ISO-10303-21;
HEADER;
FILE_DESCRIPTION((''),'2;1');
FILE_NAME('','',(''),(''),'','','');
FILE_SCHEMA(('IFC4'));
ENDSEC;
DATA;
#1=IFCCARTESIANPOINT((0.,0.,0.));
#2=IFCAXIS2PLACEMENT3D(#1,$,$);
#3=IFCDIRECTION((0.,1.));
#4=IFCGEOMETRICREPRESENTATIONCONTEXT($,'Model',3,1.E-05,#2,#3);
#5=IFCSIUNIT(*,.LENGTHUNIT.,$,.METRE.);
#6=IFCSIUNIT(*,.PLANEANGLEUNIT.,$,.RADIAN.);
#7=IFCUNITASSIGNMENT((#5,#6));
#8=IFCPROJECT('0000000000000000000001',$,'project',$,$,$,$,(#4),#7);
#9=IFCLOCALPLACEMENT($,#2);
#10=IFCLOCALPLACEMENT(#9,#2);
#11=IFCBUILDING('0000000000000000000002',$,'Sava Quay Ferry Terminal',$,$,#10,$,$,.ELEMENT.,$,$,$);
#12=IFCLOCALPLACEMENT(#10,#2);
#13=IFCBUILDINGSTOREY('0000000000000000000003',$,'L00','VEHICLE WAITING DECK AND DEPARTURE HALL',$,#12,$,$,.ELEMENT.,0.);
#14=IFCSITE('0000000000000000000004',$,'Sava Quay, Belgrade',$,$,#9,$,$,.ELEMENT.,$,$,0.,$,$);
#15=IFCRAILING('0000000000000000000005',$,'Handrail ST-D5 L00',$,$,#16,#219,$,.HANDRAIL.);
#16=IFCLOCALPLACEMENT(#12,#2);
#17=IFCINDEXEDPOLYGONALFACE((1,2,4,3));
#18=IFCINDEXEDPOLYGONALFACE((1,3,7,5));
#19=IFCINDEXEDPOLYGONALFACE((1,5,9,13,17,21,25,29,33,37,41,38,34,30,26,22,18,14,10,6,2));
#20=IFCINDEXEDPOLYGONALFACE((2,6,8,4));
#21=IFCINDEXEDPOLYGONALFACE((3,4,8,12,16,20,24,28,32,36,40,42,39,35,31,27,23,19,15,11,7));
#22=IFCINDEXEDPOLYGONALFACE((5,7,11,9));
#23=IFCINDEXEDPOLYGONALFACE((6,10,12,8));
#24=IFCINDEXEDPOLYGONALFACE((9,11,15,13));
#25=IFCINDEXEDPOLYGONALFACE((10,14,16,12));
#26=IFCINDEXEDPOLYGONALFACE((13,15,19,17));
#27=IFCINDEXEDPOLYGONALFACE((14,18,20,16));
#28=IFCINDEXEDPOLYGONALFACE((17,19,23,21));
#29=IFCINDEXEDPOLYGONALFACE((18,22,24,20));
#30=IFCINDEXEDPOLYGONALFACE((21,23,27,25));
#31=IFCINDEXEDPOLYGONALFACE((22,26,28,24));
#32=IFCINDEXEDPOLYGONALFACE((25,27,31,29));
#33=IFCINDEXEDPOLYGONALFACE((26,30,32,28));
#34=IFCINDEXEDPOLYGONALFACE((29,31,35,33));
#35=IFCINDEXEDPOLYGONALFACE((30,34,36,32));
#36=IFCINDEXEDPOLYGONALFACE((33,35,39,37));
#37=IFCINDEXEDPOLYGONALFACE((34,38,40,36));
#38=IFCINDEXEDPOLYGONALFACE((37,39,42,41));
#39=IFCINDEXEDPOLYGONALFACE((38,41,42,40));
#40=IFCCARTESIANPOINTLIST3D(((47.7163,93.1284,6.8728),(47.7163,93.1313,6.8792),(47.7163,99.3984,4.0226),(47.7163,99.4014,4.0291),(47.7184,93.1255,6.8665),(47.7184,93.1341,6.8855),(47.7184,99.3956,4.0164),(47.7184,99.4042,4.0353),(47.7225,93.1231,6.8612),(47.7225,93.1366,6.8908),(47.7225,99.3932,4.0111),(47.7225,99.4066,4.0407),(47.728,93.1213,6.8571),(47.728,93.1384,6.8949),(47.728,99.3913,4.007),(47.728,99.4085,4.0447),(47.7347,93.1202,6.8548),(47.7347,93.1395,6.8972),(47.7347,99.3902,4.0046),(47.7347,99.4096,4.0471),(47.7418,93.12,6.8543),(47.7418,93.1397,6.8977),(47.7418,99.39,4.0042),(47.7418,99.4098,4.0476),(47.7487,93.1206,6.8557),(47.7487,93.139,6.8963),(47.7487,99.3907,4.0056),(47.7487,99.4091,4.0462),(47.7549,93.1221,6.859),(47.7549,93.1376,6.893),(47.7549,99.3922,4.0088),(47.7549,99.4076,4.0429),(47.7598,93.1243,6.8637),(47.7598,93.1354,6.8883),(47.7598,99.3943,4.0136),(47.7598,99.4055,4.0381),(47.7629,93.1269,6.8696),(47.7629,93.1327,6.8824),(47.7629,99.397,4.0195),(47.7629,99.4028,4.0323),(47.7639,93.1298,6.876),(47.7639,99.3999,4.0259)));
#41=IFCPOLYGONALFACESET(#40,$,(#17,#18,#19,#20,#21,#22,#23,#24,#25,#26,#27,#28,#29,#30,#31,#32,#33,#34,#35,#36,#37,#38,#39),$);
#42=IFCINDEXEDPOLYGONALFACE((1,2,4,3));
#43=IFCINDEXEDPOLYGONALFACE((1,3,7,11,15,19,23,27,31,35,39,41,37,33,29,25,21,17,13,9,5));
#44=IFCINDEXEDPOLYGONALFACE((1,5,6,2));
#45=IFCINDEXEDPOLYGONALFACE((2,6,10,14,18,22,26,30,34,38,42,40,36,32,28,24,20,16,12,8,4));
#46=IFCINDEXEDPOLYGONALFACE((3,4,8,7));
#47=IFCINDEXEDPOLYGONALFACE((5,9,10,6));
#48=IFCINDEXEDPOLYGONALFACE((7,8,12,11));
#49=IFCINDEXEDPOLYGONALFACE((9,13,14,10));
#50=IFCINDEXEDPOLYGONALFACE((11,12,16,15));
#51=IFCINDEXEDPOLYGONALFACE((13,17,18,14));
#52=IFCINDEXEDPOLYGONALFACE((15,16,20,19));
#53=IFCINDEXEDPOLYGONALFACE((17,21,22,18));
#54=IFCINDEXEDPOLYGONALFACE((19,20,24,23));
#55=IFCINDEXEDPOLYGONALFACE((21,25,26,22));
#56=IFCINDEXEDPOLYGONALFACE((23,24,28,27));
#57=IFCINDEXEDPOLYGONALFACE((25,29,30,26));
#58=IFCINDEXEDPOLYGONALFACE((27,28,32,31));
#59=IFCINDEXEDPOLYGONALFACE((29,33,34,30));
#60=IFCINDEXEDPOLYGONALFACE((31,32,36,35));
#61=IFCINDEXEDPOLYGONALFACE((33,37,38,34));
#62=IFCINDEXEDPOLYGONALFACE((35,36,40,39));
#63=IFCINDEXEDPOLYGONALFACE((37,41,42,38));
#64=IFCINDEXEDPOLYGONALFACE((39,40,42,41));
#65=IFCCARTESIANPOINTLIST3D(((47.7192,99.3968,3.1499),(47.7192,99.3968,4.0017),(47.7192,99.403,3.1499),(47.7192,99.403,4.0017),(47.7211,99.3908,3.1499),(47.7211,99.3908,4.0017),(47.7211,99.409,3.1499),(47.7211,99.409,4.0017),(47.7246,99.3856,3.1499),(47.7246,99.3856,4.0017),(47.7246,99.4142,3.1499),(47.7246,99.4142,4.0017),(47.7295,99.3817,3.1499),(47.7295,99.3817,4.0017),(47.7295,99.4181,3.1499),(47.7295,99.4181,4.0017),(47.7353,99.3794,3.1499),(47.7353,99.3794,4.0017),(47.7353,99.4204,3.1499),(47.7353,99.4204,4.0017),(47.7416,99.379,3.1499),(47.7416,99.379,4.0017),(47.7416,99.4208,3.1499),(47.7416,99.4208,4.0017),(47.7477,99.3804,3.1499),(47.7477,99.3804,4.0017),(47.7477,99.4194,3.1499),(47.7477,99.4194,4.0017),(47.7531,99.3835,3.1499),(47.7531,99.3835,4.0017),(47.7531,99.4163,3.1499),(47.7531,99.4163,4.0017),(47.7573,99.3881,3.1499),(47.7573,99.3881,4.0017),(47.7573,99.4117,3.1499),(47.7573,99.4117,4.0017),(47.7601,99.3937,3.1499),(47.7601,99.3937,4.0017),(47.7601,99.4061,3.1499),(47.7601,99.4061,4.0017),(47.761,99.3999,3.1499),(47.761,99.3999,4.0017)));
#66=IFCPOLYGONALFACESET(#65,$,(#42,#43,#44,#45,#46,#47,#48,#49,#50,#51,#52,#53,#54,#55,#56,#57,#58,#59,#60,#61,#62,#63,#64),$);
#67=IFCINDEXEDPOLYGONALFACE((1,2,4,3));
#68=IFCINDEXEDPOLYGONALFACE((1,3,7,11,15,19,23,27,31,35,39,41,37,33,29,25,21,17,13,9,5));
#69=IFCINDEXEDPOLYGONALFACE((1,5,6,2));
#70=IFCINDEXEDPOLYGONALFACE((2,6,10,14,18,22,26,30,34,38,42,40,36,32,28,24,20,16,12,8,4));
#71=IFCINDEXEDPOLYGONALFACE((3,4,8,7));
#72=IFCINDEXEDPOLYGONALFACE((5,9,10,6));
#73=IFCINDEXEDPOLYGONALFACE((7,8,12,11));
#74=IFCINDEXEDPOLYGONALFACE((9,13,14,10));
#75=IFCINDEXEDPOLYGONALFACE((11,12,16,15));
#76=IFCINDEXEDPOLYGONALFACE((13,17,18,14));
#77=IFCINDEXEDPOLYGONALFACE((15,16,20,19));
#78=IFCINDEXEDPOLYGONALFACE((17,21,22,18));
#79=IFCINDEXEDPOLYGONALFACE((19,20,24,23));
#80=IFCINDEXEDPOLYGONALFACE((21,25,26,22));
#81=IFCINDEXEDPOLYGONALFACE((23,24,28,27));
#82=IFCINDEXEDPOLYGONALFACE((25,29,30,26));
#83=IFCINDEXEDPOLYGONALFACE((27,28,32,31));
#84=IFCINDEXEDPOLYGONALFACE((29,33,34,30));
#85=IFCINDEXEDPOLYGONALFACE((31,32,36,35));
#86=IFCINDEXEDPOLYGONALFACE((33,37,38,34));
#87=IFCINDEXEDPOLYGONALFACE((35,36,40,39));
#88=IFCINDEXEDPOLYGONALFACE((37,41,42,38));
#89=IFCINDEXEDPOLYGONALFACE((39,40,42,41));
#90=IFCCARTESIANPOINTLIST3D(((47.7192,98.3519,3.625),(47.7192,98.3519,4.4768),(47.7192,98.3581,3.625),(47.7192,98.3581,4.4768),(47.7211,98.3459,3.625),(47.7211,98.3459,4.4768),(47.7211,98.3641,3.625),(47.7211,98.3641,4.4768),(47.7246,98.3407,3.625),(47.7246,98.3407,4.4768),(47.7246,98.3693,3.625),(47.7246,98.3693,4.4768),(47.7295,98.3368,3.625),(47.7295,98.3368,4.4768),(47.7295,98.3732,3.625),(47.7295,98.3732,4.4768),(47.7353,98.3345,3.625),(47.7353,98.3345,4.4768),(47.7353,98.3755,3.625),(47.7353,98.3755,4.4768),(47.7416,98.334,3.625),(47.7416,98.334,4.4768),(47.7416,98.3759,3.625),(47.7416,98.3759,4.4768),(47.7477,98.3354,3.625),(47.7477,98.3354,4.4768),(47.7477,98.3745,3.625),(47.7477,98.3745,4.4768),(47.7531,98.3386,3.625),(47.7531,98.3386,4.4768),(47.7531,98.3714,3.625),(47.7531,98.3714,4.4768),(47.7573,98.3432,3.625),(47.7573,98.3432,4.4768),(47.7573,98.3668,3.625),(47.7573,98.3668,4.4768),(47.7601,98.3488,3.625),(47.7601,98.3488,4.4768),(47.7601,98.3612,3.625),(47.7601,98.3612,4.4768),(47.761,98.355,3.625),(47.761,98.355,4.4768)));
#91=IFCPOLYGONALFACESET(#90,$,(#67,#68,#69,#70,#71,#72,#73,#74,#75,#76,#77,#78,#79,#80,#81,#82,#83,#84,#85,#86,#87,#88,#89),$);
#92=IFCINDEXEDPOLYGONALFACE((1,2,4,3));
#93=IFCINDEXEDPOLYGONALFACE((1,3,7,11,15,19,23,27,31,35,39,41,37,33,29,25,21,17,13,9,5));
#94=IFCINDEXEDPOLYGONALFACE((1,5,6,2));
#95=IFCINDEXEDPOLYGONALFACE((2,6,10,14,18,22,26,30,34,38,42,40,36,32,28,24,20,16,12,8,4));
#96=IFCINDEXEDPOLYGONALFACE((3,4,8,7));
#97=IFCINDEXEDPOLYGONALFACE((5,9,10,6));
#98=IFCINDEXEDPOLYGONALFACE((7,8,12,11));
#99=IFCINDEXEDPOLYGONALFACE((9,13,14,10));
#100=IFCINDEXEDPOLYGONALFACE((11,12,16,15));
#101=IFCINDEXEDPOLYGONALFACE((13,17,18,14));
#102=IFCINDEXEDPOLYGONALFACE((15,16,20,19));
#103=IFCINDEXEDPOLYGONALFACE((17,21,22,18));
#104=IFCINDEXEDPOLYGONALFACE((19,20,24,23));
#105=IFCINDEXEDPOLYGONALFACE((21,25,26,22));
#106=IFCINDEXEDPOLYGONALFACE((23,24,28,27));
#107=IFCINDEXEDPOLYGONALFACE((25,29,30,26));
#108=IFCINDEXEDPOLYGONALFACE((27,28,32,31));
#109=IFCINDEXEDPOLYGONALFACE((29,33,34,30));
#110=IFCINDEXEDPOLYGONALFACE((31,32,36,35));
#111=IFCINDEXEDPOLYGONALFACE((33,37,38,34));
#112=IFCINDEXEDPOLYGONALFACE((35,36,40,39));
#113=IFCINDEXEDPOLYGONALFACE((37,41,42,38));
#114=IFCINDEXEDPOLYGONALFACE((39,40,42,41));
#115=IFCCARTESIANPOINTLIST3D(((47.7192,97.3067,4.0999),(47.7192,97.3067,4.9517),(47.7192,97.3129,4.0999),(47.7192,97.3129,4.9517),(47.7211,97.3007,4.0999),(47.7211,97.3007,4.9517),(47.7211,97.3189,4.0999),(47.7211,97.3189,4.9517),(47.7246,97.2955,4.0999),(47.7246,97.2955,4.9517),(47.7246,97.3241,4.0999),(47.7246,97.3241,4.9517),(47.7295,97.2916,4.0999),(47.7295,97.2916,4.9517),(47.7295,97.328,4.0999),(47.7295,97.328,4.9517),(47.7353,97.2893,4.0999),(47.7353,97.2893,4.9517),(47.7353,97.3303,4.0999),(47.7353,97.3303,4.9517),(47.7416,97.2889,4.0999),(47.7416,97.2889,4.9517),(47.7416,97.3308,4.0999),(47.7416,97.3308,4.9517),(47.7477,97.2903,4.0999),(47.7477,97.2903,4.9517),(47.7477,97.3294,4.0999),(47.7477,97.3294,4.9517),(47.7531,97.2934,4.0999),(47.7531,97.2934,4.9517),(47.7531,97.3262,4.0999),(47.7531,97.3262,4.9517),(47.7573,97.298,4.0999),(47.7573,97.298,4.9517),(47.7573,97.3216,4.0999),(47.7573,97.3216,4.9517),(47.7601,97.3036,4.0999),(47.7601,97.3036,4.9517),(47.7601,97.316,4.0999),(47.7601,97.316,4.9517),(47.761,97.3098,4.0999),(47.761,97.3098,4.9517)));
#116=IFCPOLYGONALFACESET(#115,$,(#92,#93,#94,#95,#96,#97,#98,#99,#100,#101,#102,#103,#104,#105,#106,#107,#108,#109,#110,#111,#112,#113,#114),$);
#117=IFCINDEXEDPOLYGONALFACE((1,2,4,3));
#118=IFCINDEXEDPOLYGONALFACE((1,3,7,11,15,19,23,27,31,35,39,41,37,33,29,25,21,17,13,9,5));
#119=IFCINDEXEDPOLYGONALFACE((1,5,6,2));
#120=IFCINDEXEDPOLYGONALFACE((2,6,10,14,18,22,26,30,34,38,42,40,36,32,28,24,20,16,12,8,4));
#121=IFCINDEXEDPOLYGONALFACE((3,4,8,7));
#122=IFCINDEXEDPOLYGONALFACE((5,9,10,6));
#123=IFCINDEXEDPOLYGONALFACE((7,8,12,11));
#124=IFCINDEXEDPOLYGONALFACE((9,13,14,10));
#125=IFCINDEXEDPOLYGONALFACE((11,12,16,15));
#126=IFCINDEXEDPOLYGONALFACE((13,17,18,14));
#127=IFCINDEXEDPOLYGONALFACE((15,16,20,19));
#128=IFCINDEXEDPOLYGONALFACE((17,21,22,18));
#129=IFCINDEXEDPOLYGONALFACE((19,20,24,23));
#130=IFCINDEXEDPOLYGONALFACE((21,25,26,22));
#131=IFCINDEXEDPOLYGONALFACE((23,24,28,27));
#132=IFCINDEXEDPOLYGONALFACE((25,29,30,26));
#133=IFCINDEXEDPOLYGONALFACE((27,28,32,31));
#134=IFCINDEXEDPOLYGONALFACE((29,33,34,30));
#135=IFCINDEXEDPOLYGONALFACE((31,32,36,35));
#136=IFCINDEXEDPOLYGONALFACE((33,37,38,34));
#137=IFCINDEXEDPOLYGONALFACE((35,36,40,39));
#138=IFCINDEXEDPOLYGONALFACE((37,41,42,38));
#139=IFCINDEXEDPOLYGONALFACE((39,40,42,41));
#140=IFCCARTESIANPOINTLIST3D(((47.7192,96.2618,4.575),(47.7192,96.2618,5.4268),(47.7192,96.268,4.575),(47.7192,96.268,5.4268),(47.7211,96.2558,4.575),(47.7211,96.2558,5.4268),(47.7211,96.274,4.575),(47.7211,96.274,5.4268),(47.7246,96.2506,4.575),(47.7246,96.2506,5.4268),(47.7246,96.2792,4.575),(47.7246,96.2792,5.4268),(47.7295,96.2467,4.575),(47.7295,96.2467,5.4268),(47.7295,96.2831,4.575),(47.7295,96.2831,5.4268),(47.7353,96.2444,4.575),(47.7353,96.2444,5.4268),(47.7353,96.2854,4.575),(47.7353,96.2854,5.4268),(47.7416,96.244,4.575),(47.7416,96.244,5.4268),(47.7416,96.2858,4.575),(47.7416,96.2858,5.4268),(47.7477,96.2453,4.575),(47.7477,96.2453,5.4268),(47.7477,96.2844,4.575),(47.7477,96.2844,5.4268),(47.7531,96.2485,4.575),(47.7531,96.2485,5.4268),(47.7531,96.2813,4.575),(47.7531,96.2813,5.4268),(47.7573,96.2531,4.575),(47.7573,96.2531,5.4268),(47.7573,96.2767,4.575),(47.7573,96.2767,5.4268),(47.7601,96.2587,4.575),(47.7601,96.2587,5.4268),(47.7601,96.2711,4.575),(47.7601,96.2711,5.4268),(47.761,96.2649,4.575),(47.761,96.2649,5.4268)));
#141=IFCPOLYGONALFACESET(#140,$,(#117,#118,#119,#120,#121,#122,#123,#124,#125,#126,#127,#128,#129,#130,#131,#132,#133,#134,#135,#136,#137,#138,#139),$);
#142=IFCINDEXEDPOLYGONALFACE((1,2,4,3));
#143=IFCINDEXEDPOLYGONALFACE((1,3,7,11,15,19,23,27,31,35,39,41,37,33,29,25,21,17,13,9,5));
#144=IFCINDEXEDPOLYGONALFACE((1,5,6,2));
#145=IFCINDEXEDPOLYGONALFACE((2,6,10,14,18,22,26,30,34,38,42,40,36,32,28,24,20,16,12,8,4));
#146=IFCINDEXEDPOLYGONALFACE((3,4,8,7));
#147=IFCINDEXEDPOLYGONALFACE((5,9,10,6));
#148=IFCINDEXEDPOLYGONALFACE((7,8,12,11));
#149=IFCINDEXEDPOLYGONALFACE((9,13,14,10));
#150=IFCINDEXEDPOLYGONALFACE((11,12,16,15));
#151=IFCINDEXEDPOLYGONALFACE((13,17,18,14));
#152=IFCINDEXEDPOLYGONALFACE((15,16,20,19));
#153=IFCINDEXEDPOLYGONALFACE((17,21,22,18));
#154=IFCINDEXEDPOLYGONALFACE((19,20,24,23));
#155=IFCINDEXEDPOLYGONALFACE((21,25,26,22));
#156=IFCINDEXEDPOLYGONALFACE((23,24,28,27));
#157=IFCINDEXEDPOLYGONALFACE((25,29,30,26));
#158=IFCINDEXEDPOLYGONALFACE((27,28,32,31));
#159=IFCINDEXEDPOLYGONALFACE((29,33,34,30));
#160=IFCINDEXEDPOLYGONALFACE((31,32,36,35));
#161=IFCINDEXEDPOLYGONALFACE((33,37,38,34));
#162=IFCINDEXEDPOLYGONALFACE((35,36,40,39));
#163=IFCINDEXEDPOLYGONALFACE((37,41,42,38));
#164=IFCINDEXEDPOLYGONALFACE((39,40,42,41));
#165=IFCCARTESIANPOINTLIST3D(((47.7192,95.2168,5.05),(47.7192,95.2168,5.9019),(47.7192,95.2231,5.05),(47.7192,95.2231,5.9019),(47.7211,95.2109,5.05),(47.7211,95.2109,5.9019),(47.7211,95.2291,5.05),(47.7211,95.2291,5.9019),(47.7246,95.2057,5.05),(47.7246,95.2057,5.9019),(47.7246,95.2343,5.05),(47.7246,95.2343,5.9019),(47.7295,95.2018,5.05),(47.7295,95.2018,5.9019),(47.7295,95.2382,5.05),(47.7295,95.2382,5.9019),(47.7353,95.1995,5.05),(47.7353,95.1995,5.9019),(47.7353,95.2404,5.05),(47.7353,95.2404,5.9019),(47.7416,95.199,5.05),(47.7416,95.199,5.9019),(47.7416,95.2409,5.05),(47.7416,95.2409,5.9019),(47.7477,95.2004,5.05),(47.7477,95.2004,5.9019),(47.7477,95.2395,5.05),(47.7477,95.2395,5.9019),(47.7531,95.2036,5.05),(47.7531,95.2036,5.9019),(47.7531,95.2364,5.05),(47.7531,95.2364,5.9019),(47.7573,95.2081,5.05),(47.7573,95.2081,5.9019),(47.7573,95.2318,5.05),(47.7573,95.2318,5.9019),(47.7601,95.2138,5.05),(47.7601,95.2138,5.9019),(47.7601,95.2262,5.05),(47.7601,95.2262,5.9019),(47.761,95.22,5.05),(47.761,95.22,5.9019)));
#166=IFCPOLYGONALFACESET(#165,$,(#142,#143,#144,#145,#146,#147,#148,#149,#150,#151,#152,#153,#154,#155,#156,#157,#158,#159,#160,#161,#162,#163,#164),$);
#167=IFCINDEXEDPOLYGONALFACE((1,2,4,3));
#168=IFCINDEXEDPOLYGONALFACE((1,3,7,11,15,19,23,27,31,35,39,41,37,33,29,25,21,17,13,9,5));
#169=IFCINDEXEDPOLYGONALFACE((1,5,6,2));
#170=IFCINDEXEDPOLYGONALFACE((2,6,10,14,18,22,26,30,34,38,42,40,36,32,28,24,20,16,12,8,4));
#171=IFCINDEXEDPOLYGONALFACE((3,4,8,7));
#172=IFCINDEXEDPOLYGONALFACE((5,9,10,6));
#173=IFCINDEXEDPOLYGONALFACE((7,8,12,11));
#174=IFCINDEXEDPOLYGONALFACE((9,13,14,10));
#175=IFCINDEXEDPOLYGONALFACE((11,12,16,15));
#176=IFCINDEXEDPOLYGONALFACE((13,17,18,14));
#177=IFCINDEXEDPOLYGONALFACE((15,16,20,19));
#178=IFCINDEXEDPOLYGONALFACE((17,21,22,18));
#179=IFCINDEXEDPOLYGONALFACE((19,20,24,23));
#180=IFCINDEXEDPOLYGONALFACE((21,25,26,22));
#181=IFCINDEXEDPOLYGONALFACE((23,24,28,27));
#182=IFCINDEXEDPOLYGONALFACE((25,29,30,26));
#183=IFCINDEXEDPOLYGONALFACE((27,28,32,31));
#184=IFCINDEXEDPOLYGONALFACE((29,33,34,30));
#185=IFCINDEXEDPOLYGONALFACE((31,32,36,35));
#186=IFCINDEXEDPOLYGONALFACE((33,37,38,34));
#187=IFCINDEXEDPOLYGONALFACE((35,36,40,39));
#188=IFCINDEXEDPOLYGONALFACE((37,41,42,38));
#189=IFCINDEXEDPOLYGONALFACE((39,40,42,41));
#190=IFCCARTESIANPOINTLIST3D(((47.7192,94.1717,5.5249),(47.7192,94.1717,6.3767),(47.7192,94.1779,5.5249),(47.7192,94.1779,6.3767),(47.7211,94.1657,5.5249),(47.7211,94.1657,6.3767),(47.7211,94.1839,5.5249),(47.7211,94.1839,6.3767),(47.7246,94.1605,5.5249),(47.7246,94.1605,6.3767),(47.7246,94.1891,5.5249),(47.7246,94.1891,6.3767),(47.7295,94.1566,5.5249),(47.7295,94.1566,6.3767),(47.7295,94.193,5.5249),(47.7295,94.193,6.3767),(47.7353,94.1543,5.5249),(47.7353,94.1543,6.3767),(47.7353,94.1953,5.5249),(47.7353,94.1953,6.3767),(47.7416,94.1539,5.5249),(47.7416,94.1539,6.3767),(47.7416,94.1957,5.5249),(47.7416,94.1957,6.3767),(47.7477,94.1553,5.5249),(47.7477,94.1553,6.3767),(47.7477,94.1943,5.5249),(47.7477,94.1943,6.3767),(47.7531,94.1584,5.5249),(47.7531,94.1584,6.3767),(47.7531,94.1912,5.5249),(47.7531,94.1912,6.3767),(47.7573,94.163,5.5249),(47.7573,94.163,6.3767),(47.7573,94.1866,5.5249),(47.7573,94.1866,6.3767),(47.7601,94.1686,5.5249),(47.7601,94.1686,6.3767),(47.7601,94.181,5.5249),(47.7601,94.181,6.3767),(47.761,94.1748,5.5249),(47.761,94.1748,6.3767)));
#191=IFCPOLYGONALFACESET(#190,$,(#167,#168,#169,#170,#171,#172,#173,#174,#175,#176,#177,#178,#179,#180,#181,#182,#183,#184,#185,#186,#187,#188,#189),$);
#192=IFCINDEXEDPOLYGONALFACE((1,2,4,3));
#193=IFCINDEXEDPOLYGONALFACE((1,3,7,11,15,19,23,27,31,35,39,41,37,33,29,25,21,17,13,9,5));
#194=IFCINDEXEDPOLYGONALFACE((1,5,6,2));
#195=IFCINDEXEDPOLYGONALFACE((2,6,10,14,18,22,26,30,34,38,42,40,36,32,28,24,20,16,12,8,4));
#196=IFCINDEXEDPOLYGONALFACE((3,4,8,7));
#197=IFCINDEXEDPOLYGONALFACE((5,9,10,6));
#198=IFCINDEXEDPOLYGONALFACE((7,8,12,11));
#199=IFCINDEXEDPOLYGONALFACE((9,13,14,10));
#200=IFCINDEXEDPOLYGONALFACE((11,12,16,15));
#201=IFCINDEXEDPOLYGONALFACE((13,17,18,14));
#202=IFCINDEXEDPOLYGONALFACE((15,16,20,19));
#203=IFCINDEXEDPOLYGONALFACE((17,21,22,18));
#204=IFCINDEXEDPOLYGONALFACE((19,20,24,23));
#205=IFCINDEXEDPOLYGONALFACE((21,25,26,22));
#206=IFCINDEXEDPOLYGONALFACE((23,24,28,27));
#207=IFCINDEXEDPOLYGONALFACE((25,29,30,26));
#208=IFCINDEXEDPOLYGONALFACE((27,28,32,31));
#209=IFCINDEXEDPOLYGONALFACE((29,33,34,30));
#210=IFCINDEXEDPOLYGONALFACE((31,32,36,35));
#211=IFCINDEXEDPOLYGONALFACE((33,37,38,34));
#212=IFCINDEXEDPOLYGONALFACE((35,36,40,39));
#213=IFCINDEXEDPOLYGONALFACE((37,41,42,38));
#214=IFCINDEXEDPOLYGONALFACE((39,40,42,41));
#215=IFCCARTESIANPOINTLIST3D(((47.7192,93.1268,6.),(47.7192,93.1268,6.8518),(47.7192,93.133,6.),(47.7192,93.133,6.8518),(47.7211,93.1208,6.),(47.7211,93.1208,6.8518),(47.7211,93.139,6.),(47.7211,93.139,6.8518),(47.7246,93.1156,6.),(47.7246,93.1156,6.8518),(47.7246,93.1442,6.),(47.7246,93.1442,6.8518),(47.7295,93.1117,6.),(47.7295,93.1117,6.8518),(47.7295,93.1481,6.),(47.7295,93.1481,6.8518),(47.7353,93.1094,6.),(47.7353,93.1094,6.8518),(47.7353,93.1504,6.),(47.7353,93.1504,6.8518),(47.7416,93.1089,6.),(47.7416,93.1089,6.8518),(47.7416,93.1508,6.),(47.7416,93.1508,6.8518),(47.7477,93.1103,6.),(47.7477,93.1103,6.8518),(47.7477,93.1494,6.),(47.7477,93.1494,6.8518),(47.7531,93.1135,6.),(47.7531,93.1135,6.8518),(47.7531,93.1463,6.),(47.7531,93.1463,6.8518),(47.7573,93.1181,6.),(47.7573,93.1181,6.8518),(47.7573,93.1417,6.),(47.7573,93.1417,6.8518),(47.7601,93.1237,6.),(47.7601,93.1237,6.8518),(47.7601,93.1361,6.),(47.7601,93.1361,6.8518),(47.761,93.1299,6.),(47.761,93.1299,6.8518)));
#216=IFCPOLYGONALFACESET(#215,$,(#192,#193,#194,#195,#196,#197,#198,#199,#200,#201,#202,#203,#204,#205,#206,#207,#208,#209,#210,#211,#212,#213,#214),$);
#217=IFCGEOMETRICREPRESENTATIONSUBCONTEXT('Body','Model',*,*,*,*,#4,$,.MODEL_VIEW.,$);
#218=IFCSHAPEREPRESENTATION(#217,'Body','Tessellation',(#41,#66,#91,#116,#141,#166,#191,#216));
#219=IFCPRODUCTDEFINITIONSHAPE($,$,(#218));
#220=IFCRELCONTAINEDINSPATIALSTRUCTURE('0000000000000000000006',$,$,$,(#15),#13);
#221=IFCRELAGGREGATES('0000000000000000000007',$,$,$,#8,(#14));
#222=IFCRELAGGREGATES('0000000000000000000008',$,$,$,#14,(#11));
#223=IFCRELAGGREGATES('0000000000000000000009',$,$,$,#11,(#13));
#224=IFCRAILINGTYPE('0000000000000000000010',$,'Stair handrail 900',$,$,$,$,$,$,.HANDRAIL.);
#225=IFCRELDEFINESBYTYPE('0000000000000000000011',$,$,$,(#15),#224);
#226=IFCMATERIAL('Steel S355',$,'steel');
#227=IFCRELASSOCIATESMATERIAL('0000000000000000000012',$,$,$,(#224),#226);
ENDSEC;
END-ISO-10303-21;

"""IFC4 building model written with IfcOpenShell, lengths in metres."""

from ifc_helpers import new_model, si_unit, direction, frame, origin, origin_2d, place, context, subcontext, project, spatial, circle, extrude, material, type_object, element, save


model = new_model("IFC4")

# Units and contexts
model_context = context("Model", 3, precision=1e-05, world=origin(), true_north=direction((0.0, 1.0)))
body_context = subcontext(model_context, "Body", "Model", "MODEL_VIEW")
ifc_project = project(units=[si_unit("LENGTHUNIT", "METRE"), si_unit("PLANEANGLEUNIT", "RADIAN")], contexts=[model_context])

# Site, building, storey
site_placement = place(None, origin())
site = spatial("IfcSite", under=ifc_project, at=site_placement, Name="Sava Quay, Belgrade", CompositionType="ELEMENT", RefElevation=0.0)
building_placement = place(site_placement, origin())
building = spatial("IfcBuilding", under=site, at=building_placement, Name="Sava Quay Ferry Terminal", CompositionType="ELEMENT")
storey_placement = place(building_placement, origin())
storey = spatial("IfcBuildingStorey", under=building, at=storey_placement, Name="L00", Description="VEHICLE WAITING DECK AND DEPARTURE HALL", CompositionType="ELEMENT", Elevation=0.0)

# Railing
ifc_material_1 = material(Name="Steel S355", Category="steel")
railing_type_1 = type_object("IfcRailingType", Name="Stair handrail 900", PredefinedType="HANDRAIL", material=ifc_material_1)
railing_1_placement = place(storey_placement, frame((47.74, 99.3999, 3.1499)))
element("IfcRailing", 1, at=railing_1_placement, inside=storey, type_object=railing_type_1, Name="Handrail ST-D5 L00", PredefinedType="HANDRAIL", context=body_context, shape_type="SweptSolid", body=[
    extrude(circle(Radius=0.0239, at=origin_2d()), frame((0.0, 0.0, 0.876), z_axis=(0.0, -0.910362, 0.413814), x_axis=(1.0, 0.0, 0.0)), (0.0, 0.0, 1.0), 6.8875),
    extrude(circle(Radius=0.021, at=origin_2d()), origin(), (0.0, 0.0, 1.0), 0.8518),
    extrude(circle(Radius=0.021, at=origin_2d()), frame((0.0, -1.0449, 0.4751)), (0.0, 0.0, 1.0), 0.8518),
    extrude(circle(Radius=0.021, at=origin_2d()), frame((0.0, -2.0901, 0.95)), (0.0, 0.0, 1.0), 0.8518),
    extrude(circle(Radius=0.021, at=origin_2d()), frame((0.0, -3.135, 1.425)), (0.0, 0.0, 1.0), 0.8518),
    extrude(circle(Radius=0.021, at=origin_2d()), frame((0.0, -4.1799, 1.9001)), (0.0, 0.0, 1.0), 0.8518),
    extrude(circle(Radius=0.021, at=origin_2d()), frame((0.0, -5.2251, 2.375)), (0.0, 0.0, 1.0), 0.8518),
    extrude(circle(Radius=0.021, at=origin_2d()), frame((0.0, -6.27, 2.8501)), (0.0, 0.0, 1.0), 0.8518),
])

save(model, "model.ifc")
